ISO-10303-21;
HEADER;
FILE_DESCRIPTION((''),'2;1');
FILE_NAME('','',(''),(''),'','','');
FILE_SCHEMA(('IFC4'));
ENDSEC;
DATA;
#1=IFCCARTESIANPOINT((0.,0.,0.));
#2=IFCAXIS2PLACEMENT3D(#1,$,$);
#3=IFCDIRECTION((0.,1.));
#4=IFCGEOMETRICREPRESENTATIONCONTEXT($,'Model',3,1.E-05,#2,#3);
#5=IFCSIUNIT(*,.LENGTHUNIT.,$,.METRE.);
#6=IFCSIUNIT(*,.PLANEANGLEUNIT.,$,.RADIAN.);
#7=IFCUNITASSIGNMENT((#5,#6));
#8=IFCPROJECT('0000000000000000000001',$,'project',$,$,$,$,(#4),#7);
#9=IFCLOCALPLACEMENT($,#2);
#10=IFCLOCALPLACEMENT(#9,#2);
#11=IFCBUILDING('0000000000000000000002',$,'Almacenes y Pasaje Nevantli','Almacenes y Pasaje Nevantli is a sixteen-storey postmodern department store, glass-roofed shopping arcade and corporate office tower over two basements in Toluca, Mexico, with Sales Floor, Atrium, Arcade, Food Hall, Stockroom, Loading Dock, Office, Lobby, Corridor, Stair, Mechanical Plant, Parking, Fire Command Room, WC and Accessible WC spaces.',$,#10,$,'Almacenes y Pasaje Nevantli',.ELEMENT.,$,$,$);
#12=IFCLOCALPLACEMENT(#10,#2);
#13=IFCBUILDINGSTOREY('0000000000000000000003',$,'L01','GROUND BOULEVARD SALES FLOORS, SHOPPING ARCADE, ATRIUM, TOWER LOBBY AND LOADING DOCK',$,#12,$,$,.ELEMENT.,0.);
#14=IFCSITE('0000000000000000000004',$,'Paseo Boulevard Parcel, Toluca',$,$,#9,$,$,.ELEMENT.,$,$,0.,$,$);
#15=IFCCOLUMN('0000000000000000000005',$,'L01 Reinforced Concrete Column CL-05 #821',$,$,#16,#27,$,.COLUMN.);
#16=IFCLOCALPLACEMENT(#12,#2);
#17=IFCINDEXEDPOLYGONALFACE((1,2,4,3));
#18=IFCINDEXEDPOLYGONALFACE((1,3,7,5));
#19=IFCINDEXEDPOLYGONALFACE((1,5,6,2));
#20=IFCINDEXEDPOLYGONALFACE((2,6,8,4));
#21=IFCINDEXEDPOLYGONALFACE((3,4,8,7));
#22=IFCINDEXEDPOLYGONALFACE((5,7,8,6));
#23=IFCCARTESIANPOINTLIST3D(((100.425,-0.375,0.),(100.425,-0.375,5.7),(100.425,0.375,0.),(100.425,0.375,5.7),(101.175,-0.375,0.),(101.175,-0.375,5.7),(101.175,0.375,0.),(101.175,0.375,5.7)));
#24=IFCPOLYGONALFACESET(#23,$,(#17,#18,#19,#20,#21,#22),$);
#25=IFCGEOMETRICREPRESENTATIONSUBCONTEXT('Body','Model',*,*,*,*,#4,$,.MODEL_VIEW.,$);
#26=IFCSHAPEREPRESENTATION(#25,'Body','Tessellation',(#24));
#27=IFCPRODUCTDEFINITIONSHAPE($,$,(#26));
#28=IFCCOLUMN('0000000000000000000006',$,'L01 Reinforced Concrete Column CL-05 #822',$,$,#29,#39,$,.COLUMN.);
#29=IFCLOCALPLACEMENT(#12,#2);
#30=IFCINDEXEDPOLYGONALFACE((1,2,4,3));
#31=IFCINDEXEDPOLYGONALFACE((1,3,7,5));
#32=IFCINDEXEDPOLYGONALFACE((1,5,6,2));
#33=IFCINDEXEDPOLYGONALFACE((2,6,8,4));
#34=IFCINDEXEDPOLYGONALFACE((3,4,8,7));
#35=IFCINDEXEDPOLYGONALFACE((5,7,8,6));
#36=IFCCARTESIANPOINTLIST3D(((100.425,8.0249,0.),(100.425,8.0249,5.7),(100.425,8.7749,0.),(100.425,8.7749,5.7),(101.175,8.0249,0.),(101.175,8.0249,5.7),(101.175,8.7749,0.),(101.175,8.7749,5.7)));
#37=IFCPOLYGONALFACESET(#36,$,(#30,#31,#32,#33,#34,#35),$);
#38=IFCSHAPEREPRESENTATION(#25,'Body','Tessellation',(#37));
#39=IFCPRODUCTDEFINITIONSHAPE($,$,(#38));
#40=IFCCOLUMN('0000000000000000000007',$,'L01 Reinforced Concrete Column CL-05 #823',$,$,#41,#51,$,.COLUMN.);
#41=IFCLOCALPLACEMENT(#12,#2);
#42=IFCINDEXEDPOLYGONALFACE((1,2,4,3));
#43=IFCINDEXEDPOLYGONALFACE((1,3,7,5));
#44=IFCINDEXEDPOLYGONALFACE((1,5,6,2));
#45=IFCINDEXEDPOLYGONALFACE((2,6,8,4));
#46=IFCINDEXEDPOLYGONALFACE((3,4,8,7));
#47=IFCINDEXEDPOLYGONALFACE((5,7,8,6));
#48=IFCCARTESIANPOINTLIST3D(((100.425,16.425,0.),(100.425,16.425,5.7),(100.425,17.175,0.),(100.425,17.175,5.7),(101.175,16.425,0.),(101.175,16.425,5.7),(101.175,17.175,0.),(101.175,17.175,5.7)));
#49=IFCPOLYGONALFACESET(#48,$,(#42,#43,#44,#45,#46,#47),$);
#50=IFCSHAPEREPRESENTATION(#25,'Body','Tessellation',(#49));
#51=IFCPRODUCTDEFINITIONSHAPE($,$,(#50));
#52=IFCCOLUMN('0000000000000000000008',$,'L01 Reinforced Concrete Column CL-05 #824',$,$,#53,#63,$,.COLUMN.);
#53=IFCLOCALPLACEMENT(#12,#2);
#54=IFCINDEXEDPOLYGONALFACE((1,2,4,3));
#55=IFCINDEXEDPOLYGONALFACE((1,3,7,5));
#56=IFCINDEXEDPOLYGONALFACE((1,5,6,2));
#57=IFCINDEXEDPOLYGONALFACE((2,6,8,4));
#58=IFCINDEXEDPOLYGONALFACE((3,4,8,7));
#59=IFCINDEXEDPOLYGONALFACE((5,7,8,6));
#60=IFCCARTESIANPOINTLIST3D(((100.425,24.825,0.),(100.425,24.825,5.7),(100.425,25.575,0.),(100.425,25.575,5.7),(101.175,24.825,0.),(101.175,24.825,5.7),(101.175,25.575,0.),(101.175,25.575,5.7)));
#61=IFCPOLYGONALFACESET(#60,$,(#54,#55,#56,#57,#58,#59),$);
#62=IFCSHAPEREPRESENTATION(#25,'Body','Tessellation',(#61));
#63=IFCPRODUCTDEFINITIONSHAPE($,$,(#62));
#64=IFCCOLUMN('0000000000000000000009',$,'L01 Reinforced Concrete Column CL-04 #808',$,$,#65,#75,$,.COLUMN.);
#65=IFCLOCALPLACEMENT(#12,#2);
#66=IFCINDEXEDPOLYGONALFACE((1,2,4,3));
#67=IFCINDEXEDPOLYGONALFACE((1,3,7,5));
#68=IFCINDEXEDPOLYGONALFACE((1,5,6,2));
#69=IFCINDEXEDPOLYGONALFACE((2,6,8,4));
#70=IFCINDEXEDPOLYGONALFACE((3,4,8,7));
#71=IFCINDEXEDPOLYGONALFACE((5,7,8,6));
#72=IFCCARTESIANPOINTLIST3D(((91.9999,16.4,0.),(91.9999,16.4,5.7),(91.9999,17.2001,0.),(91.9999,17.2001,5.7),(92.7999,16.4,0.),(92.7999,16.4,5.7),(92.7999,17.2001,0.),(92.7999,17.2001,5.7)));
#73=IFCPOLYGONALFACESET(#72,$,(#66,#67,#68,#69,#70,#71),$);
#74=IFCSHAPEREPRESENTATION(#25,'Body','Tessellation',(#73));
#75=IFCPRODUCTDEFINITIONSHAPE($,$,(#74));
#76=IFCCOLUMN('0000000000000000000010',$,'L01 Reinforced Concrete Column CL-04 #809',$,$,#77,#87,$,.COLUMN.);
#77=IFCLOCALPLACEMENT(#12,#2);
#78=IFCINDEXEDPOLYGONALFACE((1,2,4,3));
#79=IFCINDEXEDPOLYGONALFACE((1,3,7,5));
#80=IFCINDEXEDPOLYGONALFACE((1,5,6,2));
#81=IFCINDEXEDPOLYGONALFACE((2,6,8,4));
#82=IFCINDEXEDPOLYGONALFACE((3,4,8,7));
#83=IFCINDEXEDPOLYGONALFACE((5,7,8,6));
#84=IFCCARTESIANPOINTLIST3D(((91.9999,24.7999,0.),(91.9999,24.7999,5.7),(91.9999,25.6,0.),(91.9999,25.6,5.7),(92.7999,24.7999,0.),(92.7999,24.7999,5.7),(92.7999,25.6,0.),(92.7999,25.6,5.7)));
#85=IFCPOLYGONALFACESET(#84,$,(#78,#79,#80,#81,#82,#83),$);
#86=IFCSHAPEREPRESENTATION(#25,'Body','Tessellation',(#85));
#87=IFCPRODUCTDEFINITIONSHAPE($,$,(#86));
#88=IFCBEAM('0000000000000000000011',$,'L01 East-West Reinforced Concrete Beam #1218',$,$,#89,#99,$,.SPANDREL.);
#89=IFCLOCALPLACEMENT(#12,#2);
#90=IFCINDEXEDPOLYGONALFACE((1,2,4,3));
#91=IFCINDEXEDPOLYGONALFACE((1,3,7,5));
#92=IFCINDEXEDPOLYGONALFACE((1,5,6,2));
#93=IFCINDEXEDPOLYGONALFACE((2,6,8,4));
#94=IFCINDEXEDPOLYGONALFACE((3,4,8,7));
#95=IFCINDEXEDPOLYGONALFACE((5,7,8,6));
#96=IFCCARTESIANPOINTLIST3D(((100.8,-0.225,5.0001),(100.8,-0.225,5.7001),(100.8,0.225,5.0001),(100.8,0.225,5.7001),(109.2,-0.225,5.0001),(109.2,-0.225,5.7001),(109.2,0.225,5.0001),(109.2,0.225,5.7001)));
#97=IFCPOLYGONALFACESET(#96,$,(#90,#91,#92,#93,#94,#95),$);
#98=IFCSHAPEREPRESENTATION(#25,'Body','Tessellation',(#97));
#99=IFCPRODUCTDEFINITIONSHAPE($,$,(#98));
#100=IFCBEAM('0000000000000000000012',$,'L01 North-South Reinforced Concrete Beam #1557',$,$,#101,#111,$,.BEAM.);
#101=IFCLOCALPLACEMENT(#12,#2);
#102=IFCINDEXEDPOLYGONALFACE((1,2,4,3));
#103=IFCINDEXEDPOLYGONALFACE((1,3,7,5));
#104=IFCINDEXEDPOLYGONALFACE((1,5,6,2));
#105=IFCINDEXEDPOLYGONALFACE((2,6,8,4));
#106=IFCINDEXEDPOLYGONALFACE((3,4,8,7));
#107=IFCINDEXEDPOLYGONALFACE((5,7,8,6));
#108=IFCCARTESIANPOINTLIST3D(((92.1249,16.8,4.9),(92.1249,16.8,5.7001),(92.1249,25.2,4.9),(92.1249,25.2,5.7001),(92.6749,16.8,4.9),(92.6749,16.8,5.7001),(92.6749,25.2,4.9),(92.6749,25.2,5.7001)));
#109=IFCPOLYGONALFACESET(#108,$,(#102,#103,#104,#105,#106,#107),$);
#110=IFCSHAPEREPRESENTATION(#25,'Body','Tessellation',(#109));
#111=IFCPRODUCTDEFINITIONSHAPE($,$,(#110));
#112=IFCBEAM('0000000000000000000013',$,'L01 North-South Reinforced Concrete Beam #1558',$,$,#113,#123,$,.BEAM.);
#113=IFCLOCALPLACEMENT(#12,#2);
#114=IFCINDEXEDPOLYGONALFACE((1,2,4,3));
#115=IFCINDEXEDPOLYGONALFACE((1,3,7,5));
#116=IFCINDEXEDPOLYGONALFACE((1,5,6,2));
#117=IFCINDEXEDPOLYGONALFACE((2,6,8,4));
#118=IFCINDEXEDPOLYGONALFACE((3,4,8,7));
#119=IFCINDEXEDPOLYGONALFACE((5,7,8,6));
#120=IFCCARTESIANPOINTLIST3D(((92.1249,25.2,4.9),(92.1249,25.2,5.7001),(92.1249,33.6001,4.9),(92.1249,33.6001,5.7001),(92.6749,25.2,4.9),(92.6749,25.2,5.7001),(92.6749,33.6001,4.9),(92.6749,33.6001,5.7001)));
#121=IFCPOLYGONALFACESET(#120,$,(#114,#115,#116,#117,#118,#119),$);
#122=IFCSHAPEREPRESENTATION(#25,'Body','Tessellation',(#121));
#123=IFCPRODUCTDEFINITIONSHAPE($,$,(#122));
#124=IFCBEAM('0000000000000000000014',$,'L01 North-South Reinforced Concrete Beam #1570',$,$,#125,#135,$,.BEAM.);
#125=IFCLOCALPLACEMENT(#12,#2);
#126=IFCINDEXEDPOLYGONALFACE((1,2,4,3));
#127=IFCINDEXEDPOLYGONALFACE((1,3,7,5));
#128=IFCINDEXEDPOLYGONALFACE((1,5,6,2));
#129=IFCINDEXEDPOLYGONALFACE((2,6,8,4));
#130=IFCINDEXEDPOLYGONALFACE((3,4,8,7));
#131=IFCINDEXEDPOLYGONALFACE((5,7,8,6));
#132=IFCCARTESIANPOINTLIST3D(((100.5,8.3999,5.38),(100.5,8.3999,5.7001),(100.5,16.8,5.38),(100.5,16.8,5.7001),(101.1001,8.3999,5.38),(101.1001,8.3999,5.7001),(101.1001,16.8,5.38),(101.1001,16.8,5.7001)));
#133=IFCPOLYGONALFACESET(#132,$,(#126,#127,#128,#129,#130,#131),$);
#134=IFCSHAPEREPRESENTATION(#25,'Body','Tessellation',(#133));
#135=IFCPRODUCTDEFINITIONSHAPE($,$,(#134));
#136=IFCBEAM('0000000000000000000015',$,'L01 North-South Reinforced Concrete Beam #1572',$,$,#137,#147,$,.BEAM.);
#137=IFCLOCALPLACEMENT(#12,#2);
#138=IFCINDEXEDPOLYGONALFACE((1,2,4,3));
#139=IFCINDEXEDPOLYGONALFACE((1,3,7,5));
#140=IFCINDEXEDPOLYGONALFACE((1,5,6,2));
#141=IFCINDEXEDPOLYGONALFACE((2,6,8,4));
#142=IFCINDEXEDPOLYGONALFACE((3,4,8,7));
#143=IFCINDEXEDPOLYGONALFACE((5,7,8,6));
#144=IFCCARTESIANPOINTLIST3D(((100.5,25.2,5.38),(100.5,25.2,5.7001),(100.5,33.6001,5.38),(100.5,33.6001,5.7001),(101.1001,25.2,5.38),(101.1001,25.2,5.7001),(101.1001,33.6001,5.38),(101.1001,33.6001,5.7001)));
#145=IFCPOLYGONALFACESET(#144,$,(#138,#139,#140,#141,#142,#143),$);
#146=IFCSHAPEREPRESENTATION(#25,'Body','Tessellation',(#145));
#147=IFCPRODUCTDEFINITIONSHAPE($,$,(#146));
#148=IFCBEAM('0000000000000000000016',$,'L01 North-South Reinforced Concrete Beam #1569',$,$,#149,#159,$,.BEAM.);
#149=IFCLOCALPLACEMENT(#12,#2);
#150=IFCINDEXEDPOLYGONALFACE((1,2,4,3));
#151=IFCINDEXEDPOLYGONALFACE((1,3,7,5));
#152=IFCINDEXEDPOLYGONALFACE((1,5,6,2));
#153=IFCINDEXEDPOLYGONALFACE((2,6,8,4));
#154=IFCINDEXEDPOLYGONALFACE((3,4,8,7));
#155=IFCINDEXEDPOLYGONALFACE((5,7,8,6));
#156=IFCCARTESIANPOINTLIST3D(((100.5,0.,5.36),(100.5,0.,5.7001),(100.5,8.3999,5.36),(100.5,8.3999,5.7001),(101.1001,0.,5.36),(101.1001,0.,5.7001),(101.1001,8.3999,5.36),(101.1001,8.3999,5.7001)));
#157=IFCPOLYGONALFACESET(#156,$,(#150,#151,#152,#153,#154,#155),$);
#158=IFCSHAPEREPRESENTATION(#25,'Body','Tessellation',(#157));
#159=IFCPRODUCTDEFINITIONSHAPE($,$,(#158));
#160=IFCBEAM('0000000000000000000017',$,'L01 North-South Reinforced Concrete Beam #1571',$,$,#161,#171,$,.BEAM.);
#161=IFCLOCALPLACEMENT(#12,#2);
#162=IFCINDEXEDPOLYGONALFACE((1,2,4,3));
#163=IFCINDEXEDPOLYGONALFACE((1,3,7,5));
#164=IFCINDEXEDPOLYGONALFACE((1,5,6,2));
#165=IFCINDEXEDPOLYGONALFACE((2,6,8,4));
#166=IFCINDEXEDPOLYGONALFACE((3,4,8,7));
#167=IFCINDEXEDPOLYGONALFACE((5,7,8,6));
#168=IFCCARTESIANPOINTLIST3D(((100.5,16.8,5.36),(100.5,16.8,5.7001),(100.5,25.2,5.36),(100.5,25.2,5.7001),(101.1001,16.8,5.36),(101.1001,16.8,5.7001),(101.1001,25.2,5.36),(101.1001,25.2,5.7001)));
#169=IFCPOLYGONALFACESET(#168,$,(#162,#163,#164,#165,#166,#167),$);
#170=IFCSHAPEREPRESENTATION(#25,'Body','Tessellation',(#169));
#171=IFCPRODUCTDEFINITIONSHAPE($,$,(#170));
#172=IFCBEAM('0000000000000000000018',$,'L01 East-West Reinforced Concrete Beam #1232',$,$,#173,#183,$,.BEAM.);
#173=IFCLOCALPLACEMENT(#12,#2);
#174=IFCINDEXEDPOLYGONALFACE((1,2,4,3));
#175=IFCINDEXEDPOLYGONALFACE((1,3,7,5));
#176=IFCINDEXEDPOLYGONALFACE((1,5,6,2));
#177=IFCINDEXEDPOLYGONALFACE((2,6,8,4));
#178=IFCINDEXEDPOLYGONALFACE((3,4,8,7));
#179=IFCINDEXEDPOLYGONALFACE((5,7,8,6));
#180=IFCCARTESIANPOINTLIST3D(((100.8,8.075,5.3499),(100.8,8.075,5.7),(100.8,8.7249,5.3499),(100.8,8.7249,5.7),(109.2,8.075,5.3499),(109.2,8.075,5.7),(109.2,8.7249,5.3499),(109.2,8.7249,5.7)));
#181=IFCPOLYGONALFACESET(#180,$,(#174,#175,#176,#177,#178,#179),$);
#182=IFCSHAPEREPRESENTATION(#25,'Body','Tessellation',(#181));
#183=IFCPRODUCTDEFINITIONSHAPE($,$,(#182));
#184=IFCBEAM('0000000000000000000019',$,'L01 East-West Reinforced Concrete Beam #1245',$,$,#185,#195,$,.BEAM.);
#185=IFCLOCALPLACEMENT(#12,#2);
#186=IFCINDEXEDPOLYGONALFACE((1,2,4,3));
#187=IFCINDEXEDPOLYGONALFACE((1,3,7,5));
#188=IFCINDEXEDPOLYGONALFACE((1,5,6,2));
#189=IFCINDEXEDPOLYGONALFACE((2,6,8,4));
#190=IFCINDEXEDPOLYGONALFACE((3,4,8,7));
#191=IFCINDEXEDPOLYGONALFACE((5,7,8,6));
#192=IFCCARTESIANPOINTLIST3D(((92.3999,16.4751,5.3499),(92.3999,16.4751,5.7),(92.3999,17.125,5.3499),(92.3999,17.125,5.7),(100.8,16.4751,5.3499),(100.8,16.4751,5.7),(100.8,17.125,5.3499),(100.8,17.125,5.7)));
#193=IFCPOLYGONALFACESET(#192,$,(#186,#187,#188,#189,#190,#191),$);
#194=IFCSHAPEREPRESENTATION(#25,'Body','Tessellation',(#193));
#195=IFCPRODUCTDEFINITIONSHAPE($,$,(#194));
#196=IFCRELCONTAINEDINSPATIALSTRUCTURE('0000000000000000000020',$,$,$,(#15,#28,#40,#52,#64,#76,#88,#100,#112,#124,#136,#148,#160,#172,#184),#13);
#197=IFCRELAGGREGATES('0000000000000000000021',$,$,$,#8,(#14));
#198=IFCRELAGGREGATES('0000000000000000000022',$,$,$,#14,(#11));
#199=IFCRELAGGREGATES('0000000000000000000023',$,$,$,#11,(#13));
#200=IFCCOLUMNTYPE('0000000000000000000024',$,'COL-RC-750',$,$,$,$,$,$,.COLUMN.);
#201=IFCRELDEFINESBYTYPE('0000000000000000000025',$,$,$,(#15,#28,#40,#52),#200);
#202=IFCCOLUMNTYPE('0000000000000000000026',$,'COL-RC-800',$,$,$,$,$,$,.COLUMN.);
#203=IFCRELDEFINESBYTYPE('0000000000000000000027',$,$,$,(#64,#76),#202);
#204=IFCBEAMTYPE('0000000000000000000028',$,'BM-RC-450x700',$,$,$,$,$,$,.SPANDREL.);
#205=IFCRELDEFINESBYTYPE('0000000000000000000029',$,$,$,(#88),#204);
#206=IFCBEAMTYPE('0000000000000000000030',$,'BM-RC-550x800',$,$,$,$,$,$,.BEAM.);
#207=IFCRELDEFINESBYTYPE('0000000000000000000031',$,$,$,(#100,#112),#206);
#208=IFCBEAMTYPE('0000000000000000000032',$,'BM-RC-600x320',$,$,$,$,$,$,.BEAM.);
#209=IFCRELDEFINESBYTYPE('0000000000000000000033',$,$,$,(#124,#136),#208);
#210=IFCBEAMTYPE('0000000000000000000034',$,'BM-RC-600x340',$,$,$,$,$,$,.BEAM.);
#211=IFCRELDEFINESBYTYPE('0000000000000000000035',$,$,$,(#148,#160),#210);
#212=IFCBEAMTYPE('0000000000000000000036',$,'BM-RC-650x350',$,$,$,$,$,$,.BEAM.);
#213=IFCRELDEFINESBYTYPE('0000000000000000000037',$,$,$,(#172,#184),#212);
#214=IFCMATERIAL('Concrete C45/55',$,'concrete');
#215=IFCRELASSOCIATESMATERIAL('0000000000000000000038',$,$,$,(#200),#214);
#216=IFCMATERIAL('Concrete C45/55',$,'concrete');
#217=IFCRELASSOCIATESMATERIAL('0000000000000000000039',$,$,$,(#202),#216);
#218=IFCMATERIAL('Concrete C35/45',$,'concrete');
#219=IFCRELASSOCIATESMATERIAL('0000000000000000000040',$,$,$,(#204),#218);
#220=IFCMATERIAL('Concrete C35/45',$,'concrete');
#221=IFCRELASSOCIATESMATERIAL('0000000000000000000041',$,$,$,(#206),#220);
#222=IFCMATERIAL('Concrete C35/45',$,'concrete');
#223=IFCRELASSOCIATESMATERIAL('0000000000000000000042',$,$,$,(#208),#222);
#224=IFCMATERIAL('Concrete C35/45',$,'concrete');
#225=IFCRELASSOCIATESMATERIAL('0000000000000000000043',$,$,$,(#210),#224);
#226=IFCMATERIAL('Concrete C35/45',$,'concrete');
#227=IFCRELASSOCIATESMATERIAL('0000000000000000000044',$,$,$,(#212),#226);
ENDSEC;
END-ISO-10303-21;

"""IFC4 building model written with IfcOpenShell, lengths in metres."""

from ifc_helpers import new_model, si_unit, direction, frame, origin, origin_2d, place, context, subcontext, project, spatial, rectangle, extrude, material, material_profile, profile_set, type_object, element, save


model = new_model("IFC4")

# Units and contexts
model_context = context("Model", 3, precision=1e-05, world=origin(), true_north=direction((0.0, 1.0)))
body_context = subcontext(model_context, "Body", "Model", "MODEL_VIEW")
ifc_project = project(units=[si_unit("LENGTHUNIT", "METRE"), si_unit("PLANEANGLEUNIT", "RADIAN")], contexts=[model_context])

# Site, building, storey
site_placement = place(None, origin())
site = spatial("IfcSite", under=ifc_project, at=site_placement, Name="Paseo Boulevard Parcel, Toluca", CompositionType="ELEMENT", RefElevation=0.0)
building_placement = place(site_placement, origin())
building = spatial("IfcBuilding", under=site, at=building_placement, Name="Almacenes y Pasaje Nevantli", Description="Almacenes y Pasaje Nevantli is a sixteen-storey postmodern department store, glass-roofed shopping arcade and corporate office tower over two basements in Toluca, Mexico, with Sales Floor, Atrium, Arcade, Food Hall, Stockroom, Loading Dock, Office, Lobby, Corridor, Stair, Mechanical Plant, Parking, Fire Command Room, WC and Accessible WC spaces.", LongName="Almacenes y Pasaje Nevantli", CompositionType="ELEMENT")
storey_placement = place(building_placement, origin())
storey = spatial("IfcBuildingStorey", under=building, at=storey_placement, Name="L01", Description="GROUND BOULEVARD SALES FLOORS, SHOPPING ARCADE, ATRIUM, TOWER LOBBY AND LOADING DOCK", CompositionType="ELEMENT", Elevation=0.0)

# Columns
ifc_material_1 = material(Name="Concrete C45/55", Category="concrete")
ifc_material_profile_1 = material_profile(ifc_material_1, rectangle(XDim=0.75, YDim=0.75, at=origin_2d()), Name="RC-COL-750x750")
ifc_profile_set_1 = profile_set([ifc_material_profile_1], Name="Concrete C45/55")
column_type_1 = type_object("IfcColumnType", Name="COL-RC-750", PredefinedType="COLUMN", material=ifc_profile_set_1)
for number, where, z_axis, x_axis, name in (
    (1, (100.8, 0.0, 0.0), (0.0, 0.0, 1.0), (1.0, 0.0, 0.0), "L01 Reinforced Concrete Column CL-05 #821"),
    (2, (100.8, 8.3999, 0.0), (0.0, 0.0, 1.0), (1.0, 0.0, 0.0), "L01 Reinforced Concrete Column CL-05 #822"),
    (3, (100.8, 16.8, 0.0), (0.0, 0.0, 1.0), (1.0, 0.0, 0.0), "L01 Reinforced Concrete Column CL-05 #823"),
    (4, (100.8, 25.2, 0.0), (0.0, 0.0, 1.0), (1.0, 0.0, 0.0), "L01 Reinforced Concrete Column CL-05 #824"),
):
    element("IfcColumn", number, at=place(storey_placement, frame(where, z_axis=z_axis, x_axis=x_axis)), inside=storey, type_object=column_type_1, Name=name, PredefinedType="COLUMN", context=body_context, shape_type="SweptSolid", body=[
        extrude(rectangle(XDim=0.75, YDim=0.75, at=origin_2d()), origin(), (0.0, 0.0, 1.0), 5.7),
    ])
ifc_material_2 = material(Name="Concrete C45/55", Category="concrete")
ifc_material_profile_2 = material_profile(ifc_material_2, rectangle(XDim=0.8, YDim=0.8, at=origin_2d()), Name="RC-COL-800x800")
ifc_profile_set_2 = profile_set([ifc_material_profile_2], Name="Concrete C45/55")
column_type_2 = type_object("IfcColumnType", Name="COL-RC-800", PredefinedType="COLUMN", material=ifc_profile_set_2)
for number, where, z_axis, x_axis, name in (
    (5, (92.3999, 16.8, 0.0), (0.0, 0.0, 1.0), (1.0, 0.0, 0.0), "L01 Reinforced Concrete Column CL-04 #808"),
    (6, (92.3999, 25.2, 0.0), (0.0, 0.0, 1.0), (1.0, 0.0, 0.0), "L01 Reinforced Concrete Column CL-04 #809"),
):
    element("IfcColumn", number, at=place(storey_placement, frame(where, z_axis=z_axis, x_axis=x_axis)), inside=storey, type_object=column_type_2, Name=name, PredefinedType="COLUMN", context=body_context, shape_type="SweptSolid", body=[
        extrude(rectangle(XDim=0.8, YDim=0.8, at=origin_2d()), origin(), (0.0, 0.0, 1.0), 5.7),
    ])

# Beams
ifc_material_3 = material(Name="Concrete C35/45", Category="concrete")
ifc_material_profile_3 = material_profile(ifc_material_3, rectangle(XDim=0.45, YDim=0.7, at=origin_2d()), Name="RC-BM-450x700")
ifc_profile_set_3 = profile_set([ifc_material_profile_3], Name="Concrete C35/45")
beam_type_1 = type_object("IfcBeamType", Name="BM-RC-450x700", PredefinedType="SPANDREL", material=ifc_profile_set_3)
beam_1_placement = place(storey_placement, frame((100.8, 0.0, 5.3501), z_axis=(1.0, 0.0, 0.0), x_axis=(0.0, 1.0, 0.0)))
element("IfcBeam", 7, at=beam_1_placement, inside=storey, type_object=beam_type_1, Name="L01 East-West Reinforced Concrete Beam #1218", PredefinedType="SPANDREL", context=body_context, shape_type="SweptSolid", body=[
    extrude(rectangle(XDim=0.45, YDim=0.7, at=origin_2d()), origin(), (0.0, 0.0, 1.0), 8.3999),
])
ifc_material_4 = material(Name="Concrete C35/45", Category="concrete")
ifc_material_profile_4 = material_profile(ifc_material_4, rectangle(XDim=0.55, YDim=0.8, at=origin_2d()), Name="RC-BM-550x800")
ifc_profile_set_4 = profile_set([ifc_material_profile_4], Name="Concrete C35/45")
beam_type_2 = type_object("IfcBeamType", Name="BM-RC-550x800", PredefinedType="BEAM", material=ifc_profile_set_4)
beam_2_placement = place(storey_placement, frame((92.3999, 16.8, 5.3), z_axis=(0.0, 1.0, 0.0), x_axis=(-1.0, 0.0, 0.0)))
element("IfcBeam", 8, at=beam_2_placement, inside=storey, type_object=beam_type_2, Name="L01 North-South Reinforced Concrete Beam #1557", PredefinedType="BEAM", context=body_context, shape_type="SweptSolid", body=[
    extrude(rectangle(XDim=0.55, YDim=0.8, at=origin_2d()), origin(), (0.0, 0.0, 1.0), 8.3999),
])
beam_3_placement = place(storey_placement, frame((92.3999, 25.2, 5.3), z_axis=(0.0, 1.0, 0.0), x_axis=(-1.0, 0.0, 0.0)))
element("IfcBeam", 9, at=beam_3_placement, inside=storey, type_object=beam_type_2, Name="L01 North-South Reinforced Concrete Beam #1558", PredefinedType="BEAM", context=body_context, shape_type="SweptSolid", body=[
    extrude(rectangle(XDim=0.55, YDim=0.8, at=origin_2d()), origin(), (0.0, 0.0, 1.0), 8.4001),
])
ifc_material_5 = material(Name="Concrete C35/45", Category="concrete")
ifc_material_profile_5 = material_profile(ifc_material_5, rectangle(XDim=0.6001, YDim=0.3201, at=origin_2d()), Name="RC-BM-600x320")
ifc_profile_set_5 = profile_set([ifc_material_profile_5], Name="Concrete C35/45")
beam_type_3 = type_object("IfcBeamType", Name="BM-RC-600x320", PredefinedType="BEAM", material=ifc_profile_set_5)
for number, where, z_axis, x_axis, name in (
    (10, (100.8, 8.3999, 5.54), (0.0, 1.0, 0.0), (-1.0, 0.0, 0.0), "L01 North-South Reinforced Concrete Beam #1570"),
    (11, (100.8, 25.2, 5.54), (0.0, 1.0, 0.0), (-1.0, 0.0, 0.0), "L01 North-South Reinforced Concrete Beam #1572"),
):
    element("IfcBeam", number, at=place(storey_placement, frame(where, z_axis=z_axis, x_axis=x_axis)), inside=storey, type_object=beam_type_3, Name=name, PredefinedType="BEAM", context=body_context, shape_type="SweptSolid", body=[
        extrude(rectangle(XDim=0.6001, YDim=0.3201, at=origin_2d()), origin(), (0.0, 0.0, 1.0), 8.4001),
    ])
ifc_material_6 = material(Name="Concrete C35/45", Category="concrete")
ifc_material_profile_6 = material_profile(ifc_material_6, rectangle(XDim=0.6001, YDim=0.3401, at=origin_2d()), Name="RC-BM-600x340")
ifc_profile_set_6 = profile_set([ifc_material_profile_6], Name="Concrete C35/45")
beam_type_4 = type_object("IfcBeamType", Name="BM-RC-600x340", PredefinedType="BEAM", material=ifc_profile_set_6)
for number, where, z_axis, x_axis, name in (
    (12, (100.8, 0.0, 5.53), (0.0, 1.0, 0.0), (-1.0, 0.0, 0.0), "L01 North-South Reinforced Concrete Beam #1569"),
    (13, (100.8, 16.8, 5.53), (0.0, 1.0, 0.0), (-1.0, 0.0, 0.0), "L01 North-South Reinforced Concrete Beam #1571"),
):
    element("IfcBeam", number, at=place(storey_placement, frame(where, z_axis=z_axis, x_axis=x_axis)), inside=storey, type_object=beam_type_4, Name=name, PredefinedType="BEAM", context=body_context, shape_type="SweptSolid", body=[
        extrude(rectangle(XDim=0.6001, YDim=0.3401, at=origin_2d()), origin(), (0.0, 0.0, 1.0), 8.3999),
    ])
ifc_material_7 = material(Name="Concrete C35/45", Category="concrete")
ifc_material_profile_7 = material_profile(ifc_material_7, rectangle(XDim=0.6499, YDim=0.3501, at=origin_2d()), Name="RC-BM-650x350")
ifc_profile_set_7 = profile_set([ifc_material_profile_7], Name="Concrete C35/45")
beam_type_5 = type_object("IfcBeamType", Name="BM-RC-650x350", PredefinedType="BEAM", material=ifc_profile_set_7)
beam_4_placement = place(storey_placement, frame((100.8, 8.3999, 5.5249), z_axis=(1.0, 0.0, 0.0), x_axis=(0.0, 1.0, 0.0)))
element("IfcBeam", 14, at=beam_4_placement, inside=storey, type_object=beam_type_5, Name="L01 East-West Reinforced Concrete Beam #1232", PredefinedType="BEAM", context=body_context, shape_type="SweptSolid", body=[
    extrude(rectangle(XDim=0.6499, YDim=0.3501, at=origin_2d()), origin(), (0.0, 0.0, 1.0), 8.3999),
])
beam_5_placement = place(storey_placement, frame((92.3999, 16.8, 5.5249), z_axis=(1.0, 0.0, 0.0), x_axis=(0.0, 1.0, 0.0)))
element("IfcBeam", 15, at=beam_5_placement, inside=storey, type_object=beam_type_5, Name="L01 East-West Reinforced Concrete Beam #1245", PredefinedType="BEAM", context=body_context, shape_type="SweptSolid", body=[
    extrude(rectangle(XDim=0.6499, YDim=0.3501, at=origin_2d()), origin(), (0.0, 0.0, 1.0), 8.4001),
])

save(model, "model.ifc")
